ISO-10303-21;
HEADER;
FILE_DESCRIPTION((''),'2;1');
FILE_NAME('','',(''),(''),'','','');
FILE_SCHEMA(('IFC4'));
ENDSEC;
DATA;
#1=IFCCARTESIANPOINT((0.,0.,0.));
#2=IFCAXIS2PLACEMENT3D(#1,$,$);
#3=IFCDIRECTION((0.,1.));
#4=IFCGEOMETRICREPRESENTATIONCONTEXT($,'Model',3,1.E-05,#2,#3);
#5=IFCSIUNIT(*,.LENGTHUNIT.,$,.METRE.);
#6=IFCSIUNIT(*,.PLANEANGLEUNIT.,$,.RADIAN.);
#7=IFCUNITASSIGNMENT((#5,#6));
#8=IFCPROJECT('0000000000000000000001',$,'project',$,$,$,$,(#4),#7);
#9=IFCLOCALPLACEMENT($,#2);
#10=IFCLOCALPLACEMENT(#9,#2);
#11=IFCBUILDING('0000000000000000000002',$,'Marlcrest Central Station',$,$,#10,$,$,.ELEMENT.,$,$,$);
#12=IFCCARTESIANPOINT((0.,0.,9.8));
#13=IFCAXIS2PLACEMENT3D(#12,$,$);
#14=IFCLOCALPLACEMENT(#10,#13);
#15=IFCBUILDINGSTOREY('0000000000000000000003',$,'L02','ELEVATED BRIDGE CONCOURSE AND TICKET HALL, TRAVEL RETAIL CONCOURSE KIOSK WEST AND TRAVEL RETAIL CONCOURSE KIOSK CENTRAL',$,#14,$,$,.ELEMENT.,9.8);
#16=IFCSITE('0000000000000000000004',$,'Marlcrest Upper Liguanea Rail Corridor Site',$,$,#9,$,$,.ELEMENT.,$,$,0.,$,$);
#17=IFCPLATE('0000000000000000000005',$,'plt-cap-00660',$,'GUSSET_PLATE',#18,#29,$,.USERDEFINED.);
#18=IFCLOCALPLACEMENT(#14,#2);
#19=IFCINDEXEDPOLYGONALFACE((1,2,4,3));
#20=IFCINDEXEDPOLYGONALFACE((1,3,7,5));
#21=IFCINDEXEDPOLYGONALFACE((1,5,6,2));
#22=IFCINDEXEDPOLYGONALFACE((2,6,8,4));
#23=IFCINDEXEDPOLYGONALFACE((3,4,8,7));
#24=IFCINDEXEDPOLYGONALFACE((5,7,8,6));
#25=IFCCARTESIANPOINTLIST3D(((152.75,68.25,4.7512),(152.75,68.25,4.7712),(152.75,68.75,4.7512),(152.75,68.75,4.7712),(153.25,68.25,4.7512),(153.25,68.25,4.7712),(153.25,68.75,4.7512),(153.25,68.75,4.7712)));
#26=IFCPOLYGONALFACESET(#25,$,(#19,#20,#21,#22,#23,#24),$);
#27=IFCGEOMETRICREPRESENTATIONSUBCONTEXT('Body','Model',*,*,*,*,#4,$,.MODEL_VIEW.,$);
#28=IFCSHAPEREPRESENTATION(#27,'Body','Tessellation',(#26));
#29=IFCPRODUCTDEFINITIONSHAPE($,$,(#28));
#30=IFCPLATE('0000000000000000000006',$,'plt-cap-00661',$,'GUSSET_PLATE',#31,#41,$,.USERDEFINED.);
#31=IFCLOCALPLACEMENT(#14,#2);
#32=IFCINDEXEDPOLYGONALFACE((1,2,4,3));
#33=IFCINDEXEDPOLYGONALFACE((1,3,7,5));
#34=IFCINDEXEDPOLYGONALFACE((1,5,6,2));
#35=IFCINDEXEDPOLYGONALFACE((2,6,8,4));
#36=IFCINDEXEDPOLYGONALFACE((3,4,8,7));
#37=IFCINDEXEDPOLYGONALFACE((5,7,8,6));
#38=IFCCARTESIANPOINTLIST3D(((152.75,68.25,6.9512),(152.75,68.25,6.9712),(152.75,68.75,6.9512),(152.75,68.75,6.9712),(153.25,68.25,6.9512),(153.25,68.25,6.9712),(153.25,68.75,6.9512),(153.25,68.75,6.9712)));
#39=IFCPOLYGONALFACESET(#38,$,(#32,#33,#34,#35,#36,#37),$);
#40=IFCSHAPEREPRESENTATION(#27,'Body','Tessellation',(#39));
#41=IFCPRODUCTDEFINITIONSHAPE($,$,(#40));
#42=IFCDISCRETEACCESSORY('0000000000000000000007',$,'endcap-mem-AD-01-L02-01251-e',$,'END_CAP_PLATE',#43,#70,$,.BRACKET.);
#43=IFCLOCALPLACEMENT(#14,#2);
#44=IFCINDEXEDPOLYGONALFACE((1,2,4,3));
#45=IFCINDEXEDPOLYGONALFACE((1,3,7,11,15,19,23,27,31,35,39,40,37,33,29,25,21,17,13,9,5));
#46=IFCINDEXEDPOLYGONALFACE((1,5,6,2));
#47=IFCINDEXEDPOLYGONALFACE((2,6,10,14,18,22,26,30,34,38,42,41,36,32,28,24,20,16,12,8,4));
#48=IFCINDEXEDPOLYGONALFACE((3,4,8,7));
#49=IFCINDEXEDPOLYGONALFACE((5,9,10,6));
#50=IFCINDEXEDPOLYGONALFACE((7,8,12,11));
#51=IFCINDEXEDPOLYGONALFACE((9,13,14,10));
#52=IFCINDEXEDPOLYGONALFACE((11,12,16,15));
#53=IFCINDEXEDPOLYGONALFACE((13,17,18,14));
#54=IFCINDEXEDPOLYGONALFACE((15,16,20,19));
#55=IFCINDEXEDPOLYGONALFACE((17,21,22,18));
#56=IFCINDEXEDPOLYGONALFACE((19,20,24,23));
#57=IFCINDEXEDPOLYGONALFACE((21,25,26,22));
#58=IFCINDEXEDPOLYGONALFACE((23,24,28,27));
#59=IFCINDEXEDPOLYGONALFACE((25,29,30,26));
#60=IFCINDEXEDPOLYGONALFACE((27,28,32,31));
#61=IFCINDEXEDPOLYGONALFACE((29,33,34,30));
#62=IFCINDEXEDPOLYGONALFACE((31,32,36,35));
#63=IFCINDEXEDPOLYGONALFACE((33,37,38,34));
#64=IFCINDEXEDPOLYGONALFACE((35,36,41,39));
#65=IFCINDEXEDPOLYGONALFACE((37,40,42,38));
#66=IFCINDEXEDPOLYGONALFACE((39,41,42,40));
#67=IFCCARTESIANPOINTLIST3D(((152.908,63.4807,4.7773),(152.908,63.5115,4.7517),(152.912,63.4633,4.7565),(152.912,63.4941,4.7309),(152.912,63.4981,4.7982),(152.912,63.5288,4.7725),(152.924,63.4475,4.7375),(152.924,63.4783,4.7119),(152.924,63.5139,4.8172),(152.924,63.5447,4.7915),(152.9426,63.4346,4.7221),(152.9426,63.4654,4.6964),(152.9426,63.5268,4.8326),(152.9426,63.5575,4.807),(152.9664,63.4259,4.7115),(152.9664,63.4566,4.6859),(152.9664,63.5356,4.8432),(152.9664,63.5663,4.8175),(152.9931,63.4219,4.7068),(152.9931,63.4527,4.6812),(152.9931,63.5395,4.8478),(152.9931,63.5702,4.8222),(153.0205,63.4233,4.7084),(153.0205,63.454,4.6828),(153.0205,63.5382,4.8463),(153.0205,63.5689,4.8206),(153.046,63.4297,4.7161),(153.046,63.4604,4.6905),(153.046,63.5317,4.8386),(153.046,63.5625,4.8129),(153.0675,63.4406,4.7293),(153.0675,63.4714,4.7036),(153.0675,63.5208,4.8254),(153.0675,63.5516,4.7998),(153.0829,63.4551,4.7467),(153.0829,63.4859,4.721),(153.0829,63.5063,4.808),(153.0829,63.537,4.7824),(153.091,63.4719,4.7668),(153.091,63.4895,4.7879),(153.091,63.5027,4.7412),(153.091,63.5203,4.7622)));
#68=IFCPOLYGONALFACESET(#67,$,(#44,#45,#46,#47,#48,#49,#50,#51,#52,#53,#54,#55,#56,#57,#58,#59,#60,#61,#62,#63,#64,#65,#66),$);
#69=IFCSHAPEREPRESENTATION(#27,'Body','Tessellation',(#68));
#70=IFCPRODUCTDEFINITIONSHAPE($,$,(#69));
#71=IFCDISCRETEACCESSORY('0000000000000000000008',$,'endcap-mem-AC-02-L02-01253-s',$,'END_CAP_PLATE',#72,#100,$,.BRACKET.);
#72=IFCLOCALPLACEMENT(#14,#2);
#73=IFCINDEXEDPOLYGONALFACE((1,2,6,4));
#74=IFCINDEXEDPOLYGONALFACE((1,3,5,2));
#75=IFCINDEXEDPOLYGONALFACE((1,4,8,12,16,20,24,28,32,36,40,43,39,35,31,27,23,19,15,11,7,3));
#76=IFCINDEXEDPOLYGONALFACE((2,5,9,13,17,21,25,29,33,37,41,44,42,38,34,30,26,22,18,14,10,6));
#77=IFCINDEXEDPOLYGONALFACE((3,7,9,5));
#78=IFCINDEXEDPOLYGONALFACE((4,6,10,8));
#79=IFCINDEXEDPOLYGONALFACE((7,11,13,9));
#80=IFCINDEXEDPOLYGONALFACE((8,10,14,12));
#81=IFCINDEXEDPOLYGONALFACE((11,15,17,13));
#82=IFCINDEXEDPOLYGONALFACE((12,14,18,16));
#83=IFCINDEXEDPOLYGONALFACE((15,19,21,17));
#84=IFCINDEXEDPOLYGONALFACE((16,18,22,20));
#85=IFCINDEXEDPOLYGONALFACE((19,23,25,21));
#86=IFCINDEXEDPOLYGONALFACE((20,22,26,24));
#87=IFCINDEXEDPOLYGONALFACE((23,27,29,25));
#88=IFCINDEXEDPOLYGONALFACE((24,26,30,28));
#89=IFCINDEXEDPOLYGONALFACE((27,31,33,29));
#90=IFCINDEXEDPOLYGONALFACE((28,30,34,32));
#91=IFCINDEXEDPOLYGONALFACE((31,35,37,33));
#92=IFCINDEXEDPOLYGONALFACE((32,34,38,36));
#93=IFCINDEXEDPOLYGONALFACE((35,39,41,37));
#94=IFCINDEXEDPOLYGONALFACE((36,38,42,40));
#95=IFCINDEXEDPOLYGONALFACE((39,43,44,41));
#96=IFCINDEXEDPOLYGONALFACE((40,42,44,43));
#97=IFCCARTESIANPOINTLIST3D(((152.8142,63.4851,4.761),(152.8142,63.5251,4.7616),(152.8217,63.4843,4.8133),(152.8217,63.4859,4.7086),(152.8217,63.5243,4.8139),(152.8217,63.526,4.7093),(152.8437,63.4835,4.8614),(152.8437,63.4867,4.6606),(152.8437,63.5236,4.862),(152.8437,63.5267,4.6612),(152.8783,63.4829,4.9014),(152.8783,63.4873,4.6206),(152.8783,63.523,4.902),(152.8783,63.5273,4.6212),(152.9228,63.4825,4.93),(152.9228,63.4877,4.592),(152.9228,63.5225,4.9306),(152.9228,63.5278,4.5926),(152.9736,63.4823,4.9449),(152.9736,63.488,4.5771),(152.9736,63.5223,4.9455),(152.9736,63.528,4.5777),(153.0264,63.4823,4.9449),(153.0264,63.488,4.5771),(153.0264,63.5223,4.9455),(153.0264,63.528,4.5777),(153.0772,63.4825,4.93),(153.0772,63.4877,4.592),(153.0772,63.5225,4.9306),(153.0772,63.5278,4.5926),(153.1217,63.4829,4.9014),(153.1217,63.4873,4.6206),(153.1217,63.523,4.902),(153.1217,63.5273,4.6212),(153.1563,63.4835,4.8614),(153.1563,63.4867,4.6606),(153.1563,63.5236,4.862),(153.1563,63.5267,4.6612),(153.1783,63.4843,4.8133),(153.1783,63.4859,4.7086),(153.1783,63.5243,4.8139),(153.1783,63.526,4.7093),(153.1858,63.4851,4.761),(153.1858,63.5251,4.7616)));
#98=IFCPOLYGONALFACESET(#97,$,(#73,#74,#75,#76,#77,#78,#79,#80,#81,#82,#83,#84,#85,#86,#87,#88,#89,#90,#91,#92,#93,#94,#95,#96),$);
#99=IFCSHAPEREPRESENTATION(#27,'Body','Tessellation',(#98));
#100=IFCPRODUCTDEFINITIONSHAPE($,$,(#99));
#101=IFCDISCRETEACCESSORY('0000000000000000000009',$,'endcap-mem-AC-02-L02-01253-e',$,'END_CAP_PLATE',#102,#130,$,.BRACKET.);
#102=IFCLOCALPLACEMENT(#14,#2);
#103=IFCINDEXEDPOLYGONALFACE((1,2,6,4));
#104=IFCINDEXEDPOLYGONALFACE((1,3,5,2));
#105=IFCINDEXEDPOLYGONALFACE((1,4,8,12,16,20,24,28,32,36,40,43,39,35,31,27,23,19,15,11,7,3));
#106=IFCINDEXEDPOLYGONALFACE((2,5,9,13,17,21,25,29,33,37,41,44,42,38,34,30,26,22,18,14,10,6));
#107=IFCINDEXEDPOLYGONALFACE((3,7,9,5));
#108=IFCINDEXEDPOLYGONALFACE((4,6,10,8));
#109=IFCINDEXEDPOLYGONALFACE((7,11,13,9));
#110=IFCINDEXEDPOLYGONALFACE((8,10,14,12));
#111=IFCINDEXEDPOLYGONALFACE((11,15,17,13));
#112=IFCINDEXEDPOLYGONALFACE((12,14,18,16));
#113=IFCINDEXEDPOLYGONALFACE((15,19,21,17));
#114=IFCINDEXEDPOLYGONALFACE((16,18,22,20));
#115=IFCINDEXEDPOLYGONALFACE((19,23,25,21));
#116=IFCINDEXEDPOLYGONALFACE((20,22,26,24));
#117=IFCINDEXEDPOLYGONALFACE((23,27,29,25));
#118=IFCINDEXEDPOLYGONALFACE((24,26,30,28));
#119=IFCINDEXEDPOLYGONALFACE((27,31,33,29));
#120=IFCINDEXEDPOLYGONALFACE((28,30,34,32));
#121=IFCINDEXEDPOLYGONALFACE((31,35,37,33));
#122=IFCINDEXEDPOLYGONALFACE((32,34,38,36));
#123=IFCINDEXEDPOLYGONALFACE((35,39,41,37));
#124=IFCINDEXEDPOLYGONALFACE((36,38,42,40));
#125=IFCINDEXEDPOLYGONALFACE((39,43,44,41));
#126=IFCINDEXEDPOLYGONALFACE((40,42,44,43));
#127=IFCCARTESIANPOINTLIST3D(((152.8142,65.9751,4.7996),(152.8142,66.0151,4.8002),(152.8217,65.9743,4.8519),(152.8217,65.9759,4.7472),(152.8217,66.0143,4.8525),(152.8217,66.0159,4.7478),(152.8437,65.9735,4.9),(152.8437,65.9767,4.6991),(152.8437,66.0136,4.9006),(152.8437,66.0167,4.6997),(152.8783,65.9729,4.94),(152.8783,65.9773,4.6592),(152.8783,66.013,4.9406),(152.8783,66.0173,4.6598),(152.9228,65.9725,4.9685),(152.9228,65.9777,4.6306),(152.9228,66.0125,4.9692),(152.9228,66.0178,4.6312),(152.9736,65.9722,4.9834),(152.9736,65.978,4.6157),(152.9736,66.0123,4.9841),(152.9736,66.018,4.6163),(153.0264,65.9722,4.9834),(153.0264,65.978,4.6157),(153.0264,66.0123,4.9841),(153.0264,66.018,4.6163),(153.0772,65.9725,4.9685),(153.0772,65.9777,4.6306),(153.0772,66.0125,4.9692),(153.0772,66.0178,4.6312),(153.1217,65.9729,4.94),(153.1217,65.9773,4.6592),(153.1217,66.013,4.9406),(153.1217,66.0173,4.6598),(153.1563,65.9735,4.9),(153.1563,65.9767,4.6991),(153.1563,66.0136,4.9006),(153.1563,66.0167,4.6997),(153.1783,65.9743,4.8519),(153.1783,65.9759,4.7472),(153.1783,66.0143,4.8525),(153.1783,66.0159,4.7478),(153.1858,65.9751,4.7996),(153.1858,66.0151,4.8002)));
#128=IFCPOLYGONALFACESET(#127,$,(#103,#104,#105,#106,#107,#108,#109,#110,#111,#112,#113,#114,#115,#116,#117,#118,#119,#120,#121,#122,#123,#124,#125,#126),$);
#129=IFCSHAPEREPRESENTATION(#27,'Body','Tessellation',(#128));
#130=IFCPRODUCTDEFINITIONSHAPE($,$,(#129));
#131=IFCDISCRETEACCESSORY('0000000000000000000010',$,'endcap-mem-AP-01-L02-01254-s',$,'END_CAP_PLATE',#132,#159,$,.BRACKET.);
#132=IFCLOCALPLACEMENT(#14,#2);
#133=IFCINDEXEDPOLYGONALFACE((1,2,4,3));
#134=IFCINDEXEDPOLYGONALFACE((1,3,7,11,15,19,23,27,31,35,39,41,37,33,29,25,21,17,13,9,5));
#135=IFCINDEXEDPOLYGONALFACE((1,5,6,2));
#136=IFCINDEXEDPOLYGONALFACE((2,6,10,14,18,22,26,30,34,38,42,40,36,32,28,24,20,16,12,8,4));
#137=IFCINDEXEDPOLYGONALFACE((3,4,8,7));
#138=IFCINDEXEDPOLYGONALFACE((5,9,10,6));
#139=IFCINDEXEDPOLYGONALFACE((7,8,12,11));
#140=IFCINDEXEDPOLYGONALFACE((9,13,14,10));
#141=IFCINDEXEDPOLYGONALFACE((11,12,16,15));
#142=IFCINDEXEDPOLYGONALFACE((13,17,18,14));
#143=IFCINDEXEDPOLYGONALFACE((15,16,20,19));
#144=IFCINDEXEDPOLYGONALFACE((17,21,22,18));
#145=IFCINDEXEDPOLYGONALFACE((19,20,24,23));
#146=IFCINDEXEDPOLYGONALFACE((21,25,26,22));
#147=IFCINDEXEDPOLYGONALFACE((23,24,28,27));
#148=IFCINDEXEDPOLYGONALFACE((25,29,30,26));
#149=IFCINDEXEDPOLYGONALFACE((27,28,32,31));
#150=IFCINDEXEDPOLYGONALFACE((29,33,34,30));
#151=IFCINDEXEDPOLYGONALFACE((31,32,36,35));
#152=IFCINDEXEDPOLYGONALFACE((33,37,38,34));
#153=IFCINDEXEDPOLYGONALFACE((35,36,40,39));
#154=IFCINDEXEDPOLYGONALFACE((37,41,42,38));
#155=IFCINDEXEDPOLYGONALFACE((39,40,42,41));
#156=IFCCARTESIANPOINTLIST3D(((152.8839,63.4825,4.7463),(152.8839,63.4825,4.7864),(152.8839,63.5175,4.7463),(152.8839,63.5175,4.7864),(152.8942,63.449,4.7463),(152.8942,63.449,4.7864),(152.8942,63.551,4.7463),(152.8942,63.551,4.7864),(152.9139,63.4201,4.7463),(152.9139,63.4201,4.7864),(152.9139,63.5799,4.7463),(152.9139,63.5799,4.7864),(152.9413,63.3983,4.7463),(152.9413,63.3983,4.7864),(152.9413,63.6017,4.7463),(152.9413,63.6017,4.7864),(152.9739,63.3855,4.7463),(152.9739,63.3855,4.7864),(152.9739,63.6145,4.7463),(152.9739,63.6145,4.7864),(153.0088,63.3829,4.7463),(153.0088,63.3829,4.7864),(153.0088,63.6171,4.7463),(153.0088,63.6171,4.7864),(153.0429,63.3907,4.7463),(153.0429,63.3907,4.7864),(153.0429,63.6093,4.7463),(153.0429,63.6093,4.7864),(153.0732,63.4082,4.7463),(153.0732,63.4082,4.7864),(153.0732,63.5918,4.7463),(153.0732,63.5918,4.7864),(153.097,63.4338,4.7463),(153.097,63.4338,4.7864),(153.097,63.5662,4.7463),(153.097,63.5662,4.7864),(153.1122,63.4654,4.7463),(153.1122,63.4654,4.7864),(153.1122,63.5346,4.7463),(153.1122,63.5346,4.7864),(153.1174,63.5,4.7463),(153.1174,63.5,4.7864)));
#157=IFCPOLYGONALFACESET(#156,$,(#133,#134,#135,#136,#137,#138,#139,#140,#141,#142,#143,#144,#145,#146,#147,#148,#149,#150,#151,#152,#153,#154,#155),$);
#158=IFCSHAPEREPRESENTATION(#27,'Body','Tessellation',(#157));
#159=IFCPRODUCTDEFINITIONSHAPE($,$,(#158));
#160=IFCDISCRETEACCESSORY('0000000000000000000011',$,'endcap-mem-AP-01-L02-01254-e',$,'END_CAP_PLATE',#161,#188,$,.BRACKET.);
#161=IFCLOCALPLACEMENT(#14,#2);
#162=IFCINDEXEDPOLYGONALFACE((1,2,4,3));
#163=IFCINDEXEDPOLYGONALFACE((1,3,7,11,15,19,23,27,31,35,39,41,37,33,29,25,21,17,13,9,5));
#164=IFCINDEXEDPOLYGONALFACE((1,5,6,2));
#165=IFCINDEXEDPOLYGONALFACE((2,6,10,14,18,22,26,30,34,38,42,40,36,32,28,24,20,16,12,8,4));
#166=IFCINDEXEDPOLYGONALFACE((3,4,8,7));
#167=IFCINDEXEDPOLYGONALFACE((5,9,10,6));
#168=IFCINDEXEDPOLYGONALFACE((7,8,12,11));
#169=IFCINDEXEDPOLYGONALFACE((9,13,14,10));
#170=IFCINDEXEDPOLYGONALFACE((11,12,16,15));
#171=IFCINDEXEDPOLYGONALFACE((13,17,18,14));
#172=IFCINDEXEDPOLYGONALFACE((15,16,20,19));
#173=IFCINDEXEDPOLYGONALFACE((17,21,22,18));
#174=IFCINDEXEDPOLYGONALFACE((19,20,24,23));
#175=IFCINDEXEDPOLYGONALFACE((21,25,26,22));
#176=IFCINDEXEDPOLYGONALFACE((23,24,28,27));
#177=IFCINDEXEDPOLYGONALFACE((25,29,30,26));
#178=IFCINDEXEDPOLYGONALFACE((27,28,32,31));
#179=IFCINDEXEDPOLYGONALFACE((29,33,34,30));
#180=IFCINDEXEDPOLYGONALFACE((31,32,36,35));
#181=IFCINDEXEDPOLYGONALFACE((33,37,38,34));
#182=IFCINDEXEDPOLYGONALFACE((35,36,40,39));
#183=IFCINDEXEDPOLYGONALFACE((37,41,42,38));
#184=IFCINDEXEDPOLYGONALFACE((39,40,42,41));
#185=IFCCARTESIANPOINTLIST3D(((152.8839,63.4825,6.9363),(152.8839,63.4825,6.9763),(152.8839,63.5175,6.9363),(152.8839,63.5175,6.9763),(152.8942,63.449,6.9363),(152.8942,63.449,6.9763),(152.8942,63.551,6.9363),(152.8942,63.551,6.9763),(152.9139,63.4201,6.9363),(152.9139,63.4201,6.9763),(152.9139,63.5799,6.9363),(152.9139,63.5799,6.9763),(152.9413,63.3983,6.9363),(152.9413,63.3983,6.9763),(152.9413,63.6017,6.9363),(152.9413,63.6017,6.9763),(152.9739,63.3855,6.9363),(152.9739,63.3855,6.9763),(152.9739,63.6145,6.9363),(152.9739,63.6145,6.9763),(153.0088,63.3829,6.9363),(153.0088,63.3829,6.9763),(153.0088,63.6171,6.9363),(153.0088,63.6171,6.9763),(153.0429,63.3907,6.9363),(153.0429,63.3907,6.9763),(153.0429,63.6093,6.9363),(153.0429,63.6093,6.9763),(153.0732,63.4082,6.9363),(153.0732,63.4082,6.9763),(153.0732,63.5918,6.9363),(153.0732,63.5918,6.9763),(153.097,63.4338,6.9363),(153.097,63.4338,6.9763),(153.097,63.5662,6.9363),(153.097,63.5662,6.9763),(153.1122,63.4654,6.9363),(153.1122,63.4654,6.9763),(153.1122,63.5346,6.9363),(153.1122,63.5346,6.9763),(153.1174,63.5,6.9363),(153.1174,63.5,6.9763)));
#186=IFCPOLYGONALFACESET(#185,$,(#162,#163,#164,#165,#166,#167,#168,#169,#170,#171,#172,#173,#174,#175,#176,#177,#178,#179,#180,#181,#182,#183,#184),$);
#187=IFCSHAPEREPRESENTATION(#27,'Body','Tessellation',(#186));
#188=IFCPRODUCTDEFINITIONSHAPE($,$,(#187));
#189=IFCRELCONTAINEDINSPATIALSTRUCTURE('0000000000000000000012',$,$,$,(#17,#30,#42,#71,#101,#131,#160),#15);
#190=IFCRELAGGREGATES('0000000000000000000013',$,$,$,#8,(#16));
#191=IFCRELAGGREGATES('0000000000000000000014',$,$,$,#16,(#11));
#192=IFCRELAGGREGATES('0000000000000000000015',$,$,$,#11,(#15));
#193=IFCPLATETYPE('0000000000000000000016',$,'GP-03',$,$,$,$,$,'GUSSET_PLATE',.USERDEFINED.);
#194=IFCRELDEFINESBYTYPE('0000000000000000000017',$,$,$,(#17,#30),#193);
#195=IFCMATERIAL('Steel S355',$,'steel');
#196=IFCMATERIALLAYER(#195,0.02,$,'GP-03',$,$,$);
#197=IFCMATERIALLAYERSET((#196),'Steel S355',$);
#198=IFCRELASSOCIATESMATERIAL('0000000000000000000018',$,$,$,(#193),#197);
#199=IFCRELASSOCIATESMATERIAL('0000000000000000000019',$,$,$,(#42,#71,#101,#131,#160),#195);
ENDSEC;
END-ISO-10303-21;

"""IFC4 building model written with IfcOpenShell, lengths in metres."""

from ifc_helpers import new_model, si_unit, direction, frame, origin, origin_2d, place, context, subcontext, project, spatial, rectangle, circle, extrude, material, layer, layer_set, type_object, element, save


model = new_model("IFC4")

# Units and contexts
model_context = context("Model", 3, precision=1e-05, world=origin(), true_north=direction((0.0, 1.0)))
body_context = subcontext(model_context, "Body", "Model", "MODEL_VIEW")
ifc_project = project(units=[si_unit("LENGTHUNIT", "METRE"), si_unit("PLANEANGLEUNIT", "RADIAN")], contexts=[model_context])

# Site, building, storey
site_placement = place(None, origin())
site = spatial("IfcSite", under=ifc_project, at=site_placement, Name="Marlcrest Upper Liguanea Rail Corridor Site", CompositionType="ELEMENT", RefElevation=0.0)
building_placement = place(site_placement, origin())
building = spatial("IfcBuilding", under=site, at=building_placement, Name="Marlcrest Central Station", CompositionType="ELEMENT")
storey_placement = place(building_placement, frame((0.0, 0.0, 9.8)))
storey = spatial("IfcBuildingStorey", under=building, at=storey_placement, Name="L02", Description="ELEVATED BRIDGE CONCOURSE AND TICKET HALL, TRAVEL RETAIL CONCOURSE KIOSK WEST AND TRAVEL RETAIL CONCOURSE KIOSK CENTRAL", CompositionType="ELEMENT", Elevation=9.8)

# Shared definitions
ifc_material = material(Name="Steel S355", Category="steel")

# Plates
ifc_layer = layer(ifc_material, 0.02, Name="GP-03")
ifc_layer_set = layer_set([ifc_layer], Name="Steel S355")
plate_type = type_object("IfcPlateType", Name="GP-03", ElementType="GUSSET_PLATE", PredefinedType="USERDEFINED", material=ifc_layer_set)
for number, where, z_axis, x_axis, name in (
    (1, (153.0, 68.5, 4.7512), (0.0, 0.0, 1.0), (1.0, 0.0, 0.0), "plt-cap-00660"),
    (2, (153.0, 68.5, 6.9512), (0.0, 0.0, 1.0), (1.0, 0.0, 0.0), "plt-cap-00661"),
):
    element("IfcPlate", number, at=place(storey_placement, frame(where, z_axis=z_axis, x_axis=x_axis)), inside=storey, type_object=plate_type, Name=name, ObjectType="GUSSET_PLATE", PredefinedType="USERDEFINED", context=body_context, shape_type="SweptSolid", body=[
        extrude(rectangle(XDim=0.5, YDim=0.5, at=origin_2d()), origin(), (0.0, 0.0, 1.0), 0.02),
    ])

# Discrete accessories
discrete_accessory_1_placement = place(storey_placement, frame((153.0, 63.4807, 4.7773), z_axis=(0.0, 0.76816, -0.640258), x_axis=(-1.0, 0.0, 0.0)))
element("IfcDiscreteAccessory", 3, at=discrete_accessory_1_placement, inside=storey, material=ifc_material, Name="endcap-mem-AD-01-L02-01251-e", ObjectType="END_CAP_PLATE", PredefinedType="BRACKET", context=body_context, shape_type="SweptSolid", body=[
    extrude(circle(Radius=0.092, at=origin_2d()), origin(), (0.0, 0.0, 1.0), 0.04),
])
for number, where, z_axis, x_axis, name in (
    (4, (153.0, 63.4851, 4.761), (0.0, 0.999879, 0.015525), (-1.0, 0.0, 0.0), "endcap-mem-AC-02-L02-01253-s"),
    (5, (153.0, 65.9751, 4.7996), (0.0, 0.999879, 0.015525), (-1.0, 0.0, 0.0), "endcap-mem-AC-02-L02-01253-e"),
):
    element("IfcDiscreteAccessory", number, at=place(storey_placement, frame(where, z_axis=z_axis, x_axis=x_axis)), inside=storey, material=ifc_material, Name=name, ObjectType="END_CAP_PLATE", PredefinedType="BRACKET", context=body_context, shape_type="SweptSolid", body=[
        extrude(circle(Radius=0.1858, at=origin_2d()), origin(), (0.0, 0.0, 1.0), 0.04),
    ])
for number, where, z_axis, x_axis, name in (
    (6, (153.0, 63.5, 4.7463), (0.0, 0.0, 1.0), (1.0, 0.0, 0.0), "endcap-mem-AP-01-L02-01254-s"),
    (7, (153.0, 63.5, 6.9363), (0.0, 0.0, 1.0), (1.0, 0.0, 0.0), "endcap-mem-AP-01-L02-01254-e"),
):
    element("IfcDiscreteAccessory", number, at=place(storey_placement, frame(where, z_axis=z_axis, x_axis=x_axis)), inside=storey, material=ifc_material, Name=name, ObjectType="END_CAP_PLATE", PredefinedType="BRACKET", context=body_context, shape_type="SweptSolid", body=[
        extrude(circle(Radius=0.1174, at=origin_2d()), origin(), (0.0, 0.0, 1.0), 0.04),
    ])

save(model, "model.ifc")
